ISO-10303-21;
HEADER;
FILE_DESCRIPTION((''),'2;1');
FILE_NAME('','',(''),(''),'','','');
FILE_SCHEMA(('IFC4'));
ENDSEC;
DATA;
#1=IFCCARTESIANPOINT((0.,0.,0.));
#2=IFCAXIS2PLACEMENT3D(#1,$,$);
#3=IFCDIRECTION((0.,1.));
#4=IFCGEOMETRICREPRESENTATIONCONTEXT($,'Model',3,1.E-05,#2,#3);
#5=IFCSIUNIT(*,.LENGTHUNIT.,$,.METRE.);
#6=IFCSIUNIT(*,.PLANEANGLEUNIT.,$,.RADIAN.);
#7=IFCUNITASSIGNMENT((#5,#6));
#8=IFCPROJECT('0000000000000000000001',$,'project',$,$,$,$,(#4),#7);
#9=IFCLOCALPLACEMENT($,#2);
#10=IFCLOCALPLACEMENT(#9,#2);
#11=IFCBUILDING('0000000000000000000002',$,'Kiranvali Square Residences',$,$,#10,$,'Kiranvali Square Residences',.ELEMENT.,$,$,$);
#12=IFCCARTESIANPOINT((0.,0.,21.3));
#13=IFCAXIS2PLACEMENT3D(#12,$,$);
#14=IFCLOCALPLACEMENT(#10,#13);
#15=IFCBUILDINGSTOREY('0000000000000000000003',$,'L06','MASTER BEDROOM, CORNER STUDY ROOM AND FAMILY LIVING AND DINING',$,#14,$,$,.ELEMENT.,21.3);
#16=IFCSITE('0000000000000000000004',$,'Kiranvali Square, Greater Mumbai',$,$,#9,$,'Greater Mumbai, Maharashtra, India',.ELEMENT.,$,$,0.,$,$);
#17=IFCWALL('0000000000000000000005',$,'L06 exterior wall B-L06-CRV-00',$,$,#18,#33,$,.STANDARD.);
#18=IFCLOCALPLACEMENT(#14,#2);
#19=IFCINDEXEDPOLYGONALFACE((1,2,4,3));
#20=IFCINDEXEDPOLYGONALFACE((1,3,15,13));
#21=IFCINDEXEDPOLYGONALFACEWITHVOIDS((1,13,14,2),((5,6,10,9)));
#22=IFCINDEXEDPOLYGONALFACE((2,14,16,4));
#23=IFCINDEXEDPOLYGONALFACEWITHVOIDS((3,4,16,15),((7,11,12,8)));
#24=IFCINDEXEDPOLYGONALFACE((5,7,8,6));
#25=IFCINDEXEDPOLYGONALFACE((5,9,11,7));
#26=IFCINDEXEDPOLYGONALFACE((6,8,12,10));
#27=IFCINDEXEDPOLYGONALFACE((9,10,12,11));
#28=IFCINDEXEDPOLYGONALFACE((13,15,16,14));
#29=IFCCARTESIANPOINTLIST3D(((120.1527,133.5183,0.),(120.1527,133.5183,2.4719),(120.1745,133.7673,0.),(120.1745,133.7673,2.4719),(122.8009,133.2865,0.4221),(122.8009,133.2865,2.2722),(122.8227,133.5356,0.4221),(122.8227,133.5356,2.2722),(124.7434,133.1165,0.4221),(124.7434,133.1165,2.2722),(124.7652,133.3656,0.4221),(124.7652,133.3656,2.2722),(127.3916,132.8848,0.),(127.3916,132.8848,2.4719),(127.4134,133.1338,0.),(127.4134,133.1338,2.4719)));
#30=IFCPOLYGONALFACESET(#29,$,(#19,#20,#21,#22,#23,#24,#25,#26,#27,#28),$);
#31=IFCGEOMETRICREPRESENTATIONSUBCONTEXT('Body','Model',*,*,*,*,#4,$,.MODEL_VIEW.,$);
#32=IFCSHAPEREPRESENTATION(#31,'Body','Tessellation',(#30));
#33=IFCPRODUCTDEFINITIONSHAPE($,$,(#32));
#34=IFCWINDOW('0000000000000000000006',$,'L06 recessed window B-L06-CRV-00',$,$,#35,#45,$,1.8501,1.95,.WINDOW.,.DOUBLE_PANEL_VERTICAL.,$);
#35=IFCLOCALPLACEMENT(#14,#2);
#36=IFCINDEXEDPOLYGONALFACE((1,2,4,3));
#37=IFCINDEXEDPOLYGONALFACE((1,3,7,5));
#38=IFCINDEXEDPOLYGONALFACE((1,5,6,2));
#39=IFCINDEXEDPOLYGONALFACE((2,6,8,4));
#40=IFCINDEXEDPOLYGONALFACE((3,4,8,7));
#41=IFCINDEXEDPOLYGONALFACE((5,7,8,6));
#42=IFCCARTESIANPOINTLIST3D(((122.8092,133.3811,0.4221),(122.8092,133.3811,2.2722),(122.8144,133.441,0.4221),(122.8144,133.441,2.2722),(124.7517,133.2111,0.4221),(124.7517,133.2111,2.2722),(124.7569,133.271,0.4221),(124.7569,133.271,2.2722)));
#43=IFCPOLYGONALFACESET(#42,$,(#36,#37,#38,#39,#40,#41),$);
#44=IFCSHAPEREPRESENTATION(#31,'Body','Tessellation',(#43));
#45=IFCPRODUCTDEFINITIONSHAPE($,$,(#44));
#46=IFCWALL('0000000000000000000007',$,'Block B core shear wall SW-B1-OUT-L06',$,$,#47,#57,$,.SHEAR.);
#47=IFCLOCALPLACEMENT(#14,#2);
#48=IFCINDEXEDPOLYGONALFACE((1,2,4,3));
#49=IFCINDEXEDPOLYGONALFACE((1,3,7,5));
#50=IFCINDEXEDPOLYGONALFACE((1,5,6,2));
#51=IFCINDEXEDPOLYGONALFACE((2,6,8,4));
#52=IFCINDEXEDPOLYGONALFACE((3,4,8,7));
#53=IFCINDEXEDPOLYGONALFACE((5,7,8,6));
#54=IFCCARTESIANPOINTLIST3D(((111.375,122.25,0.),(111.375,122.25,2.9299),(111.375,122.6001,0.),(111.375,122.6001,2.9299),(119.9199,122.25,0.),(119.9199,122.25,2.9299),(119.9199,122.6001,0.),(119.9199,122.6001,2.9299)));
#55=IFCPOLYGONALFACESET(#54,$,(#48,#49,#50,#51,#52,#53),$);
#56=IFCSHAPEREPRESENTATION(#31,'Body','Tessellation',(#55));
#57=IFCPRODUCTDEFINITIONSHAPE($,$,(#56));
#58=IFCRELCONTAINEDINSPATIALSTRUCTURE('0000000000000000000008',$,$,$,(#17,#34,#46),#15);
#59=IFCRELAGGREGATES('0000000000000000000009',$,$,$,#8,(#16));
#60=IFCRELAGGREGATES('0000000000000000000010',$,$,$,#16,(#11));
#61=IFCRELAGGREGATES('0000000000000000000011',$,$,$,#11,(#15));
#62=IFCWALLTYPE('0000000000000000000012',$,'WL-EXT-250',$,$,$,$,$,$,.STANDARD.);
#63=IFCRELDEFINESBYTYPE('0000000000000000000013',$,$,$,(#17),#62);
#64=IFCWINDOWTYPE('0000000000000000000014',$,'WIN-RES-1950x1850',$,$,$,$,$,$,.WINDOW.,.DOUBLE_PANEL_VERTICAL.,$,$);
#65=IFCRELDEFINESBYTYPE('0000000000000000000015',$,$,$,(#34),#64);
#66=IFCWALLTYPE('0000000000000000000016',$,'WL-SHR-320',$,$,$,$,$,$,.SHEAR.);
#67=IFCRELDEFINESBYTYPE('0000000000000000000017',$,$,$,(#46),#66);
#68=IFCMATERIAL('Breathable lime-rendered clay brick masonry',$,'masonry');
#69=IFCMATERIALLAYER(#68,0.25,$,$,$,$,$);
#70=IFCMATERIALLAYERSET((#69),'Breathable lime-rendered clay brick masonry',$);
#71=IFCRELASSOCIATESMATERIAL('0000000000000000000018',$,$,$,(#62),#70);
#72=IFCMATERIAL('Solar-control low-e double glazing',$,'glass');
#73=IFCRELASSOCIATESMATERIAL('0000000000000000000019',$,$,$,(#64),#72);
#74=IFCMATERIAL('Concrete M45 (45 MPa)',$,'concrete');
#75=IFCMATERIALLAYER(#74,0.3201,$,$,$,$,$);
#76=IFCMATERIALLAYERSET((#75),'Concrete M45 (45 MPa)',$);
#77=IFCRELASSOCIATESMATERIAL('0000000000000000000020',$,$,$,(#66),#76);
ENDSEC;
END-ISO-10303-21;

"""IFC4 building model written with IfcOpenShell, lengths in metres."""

from ifc_helpers import new_model, si_unit, direction, frame, frame_2d, origin, place, context, subcontext, project, spatial, rectangle, extrude, material, layer, layer_set, type_object, element, fill, save


model = new_model("IFC4")

# Units and contexts
model_context = context("Model", 3, precision=1e-05, world=origin(), true_north=direction((0.0, 1.0)))
body_context = subcontext(model_context, "Body", "Model", "MODEL_VIEW")
ifc_project = project(units=[si_unit("LENGTHUNIT", "METRE"), si_unit("PLANEANGLEUNIT", "RADIAN")], contexts=[model_context])

# Site, building, storey
site_placement = place(None, origin())
site = spatial("IfcSite", under=ifc_project, at=site_placement, Name="Kiranvali Square, Greater Mumbai", LongName="Greater Mumbai, Maharashtra, India", CompositionType="ELEMENT", RefElevation=0.0)
building_placement = place(site_placement, origin())
building = spatial("IfcBuilding", under=site, at=building_placement, Name="Kiranvali Square Residences", LongName="Kiranvali Square Residences", CompositionType="ELEMENT")
storey_placement = place(building_placement, frame((0.0, 0.0, 21.3)))
storey = spatial("IfcBuildingStorey", under=building, at=storey_placement, Name="L06", Description="MASTER BEDROOM, CORNER STUDY ROOM AND FAMILY LIVING AND DINING", CompositionType="ELEMENT", Elevation=21.3)

# Shared definitions
ifc_material_1 = material(Name="Concrete M45 (45 MPa)", Category="concrete")

# Wall, opening, window
ifc_material_2 = material(Name="Breathable lime-rendered clay brick masonry", Category="masonry")
ifc_layer_1 = layer(ifc_material_2, 0.25)
ifc_layer_set_1 = layer_set([ifc_layer_1], Name="Breathable lime-rendered clay brick masonry")
wall_type_1 = type_object("IfcWallType", Name="WL-EXT-250", PredefinedType="STANDARD", material=ifc_layer_set_1)
wall_1_placement = place(storey_placement, frame((120.1636, 133.6428, 0.0), z_axis=(0.0, 0.0, 1.0), x_axis=(0.996192, -0.087185, 0.0)))
wall_1 = element("IfcWall", 1, at=wall_1_placement, inside=storey, type_object=wall_type_1, Name="L06 exterior wall B-L06-CRV-00", PredefinedType="STANDARD", context=body_context, shape_type="SweptSolid", body=[
    extrude(rectangle(XDim=7.2666, YDim=0.25, at=frame_2d((3.6333, 0.0))), origin(), (0.0, 0.0, 1.0), 2.4719),
])
opening_placement = place(wall_1_placement, frame((2.6582, 0.0, 0.4221)))
opening = element("IfcOpeningElement", 2, at=opening_placement, cuts=wall_1, PredefinedType="OPENING", context=body_context, shape_type="SweptSolid", body=[
    extrude(rectangle(XDim=1.95, YDim=1.8501, at=frame_2d((0.9751, 0.925))), frame((0.0, 0.135, 0.0), z_axis=(0.0, -1.0, 0.0), x_axis=(1.0, 0.0, 0.0)), (0.0, 0.0, 1.0), 0.27),
])
ifc_material_3 = material(Name="Solar-control low-e double glazing", Category="glass")
window_type = type_object("IfcWindowType", Name="WIN-RES-1950x1850", PartitioningType="DOUBLE_PANEL_VERTICAL", PredefinedType="WINDOW", material=ifc_material_3)
window_placement = place(opening_placement, origin())
window = element("IfcWindow", 3, at=window_placement, inside=storey, type_object=window_type, Name="L06 recessed window B-L06-CRV-00", OverallHeight=1.8501, OverallWidth=1.95, PartitioningType="DOUBLE_PANEL_VERTICAL", PredefinedType="WINDOW", context=body_context, shape_type="SweptSolid", body=[
    extrude(rectangle(XDim=1.95, YDim=1.8501, at=frame_2d((0.9751, 0.925))), frame((0.0, 0.03, 0.0), z_axis=(0.0, -1.0, 0.0), x_axis=(1.0, 0.0, 0.0)), (0.0, 0.0, 1.0), 0.0601),
])
fill(opening, window)

# Wall
ifc_layer_2 = layer(ifc_material_1, 0.3201)
ifc_layer_set_2 = layer_set([ifc_layer_2], Name="Concrete M45 (45 MPa)")
wall_type_2 = type_object("IfcWallType", Name="WL-SHR-320", PredefinedType="SHEAR", material=ifc_layer_set_2)
wall_2_placement = place(storey_placement, frame((119.9199, 122.425, 0.0), z_axis=(0.0, 0.0, 1.0), x_axis=(-1.0, 0.0, 0.0)))
element("IfcWall", 4, at=wall_2_placement, inside=storey, type_object=wall_type_2, Name="Block B core shear wall SW-B1-OUT-L06", PredefinedType="SHEAR", context=body_context, shape_type="SweptSolid", body=[
    extrude(rectangle(XDim=8.5449, YDim=0.3501, at=frame_2d((4.2725, 0.0))), origin(), (0.0, 0.0, 1.0), 2.9299),
])

save(model, "model.ifc")
